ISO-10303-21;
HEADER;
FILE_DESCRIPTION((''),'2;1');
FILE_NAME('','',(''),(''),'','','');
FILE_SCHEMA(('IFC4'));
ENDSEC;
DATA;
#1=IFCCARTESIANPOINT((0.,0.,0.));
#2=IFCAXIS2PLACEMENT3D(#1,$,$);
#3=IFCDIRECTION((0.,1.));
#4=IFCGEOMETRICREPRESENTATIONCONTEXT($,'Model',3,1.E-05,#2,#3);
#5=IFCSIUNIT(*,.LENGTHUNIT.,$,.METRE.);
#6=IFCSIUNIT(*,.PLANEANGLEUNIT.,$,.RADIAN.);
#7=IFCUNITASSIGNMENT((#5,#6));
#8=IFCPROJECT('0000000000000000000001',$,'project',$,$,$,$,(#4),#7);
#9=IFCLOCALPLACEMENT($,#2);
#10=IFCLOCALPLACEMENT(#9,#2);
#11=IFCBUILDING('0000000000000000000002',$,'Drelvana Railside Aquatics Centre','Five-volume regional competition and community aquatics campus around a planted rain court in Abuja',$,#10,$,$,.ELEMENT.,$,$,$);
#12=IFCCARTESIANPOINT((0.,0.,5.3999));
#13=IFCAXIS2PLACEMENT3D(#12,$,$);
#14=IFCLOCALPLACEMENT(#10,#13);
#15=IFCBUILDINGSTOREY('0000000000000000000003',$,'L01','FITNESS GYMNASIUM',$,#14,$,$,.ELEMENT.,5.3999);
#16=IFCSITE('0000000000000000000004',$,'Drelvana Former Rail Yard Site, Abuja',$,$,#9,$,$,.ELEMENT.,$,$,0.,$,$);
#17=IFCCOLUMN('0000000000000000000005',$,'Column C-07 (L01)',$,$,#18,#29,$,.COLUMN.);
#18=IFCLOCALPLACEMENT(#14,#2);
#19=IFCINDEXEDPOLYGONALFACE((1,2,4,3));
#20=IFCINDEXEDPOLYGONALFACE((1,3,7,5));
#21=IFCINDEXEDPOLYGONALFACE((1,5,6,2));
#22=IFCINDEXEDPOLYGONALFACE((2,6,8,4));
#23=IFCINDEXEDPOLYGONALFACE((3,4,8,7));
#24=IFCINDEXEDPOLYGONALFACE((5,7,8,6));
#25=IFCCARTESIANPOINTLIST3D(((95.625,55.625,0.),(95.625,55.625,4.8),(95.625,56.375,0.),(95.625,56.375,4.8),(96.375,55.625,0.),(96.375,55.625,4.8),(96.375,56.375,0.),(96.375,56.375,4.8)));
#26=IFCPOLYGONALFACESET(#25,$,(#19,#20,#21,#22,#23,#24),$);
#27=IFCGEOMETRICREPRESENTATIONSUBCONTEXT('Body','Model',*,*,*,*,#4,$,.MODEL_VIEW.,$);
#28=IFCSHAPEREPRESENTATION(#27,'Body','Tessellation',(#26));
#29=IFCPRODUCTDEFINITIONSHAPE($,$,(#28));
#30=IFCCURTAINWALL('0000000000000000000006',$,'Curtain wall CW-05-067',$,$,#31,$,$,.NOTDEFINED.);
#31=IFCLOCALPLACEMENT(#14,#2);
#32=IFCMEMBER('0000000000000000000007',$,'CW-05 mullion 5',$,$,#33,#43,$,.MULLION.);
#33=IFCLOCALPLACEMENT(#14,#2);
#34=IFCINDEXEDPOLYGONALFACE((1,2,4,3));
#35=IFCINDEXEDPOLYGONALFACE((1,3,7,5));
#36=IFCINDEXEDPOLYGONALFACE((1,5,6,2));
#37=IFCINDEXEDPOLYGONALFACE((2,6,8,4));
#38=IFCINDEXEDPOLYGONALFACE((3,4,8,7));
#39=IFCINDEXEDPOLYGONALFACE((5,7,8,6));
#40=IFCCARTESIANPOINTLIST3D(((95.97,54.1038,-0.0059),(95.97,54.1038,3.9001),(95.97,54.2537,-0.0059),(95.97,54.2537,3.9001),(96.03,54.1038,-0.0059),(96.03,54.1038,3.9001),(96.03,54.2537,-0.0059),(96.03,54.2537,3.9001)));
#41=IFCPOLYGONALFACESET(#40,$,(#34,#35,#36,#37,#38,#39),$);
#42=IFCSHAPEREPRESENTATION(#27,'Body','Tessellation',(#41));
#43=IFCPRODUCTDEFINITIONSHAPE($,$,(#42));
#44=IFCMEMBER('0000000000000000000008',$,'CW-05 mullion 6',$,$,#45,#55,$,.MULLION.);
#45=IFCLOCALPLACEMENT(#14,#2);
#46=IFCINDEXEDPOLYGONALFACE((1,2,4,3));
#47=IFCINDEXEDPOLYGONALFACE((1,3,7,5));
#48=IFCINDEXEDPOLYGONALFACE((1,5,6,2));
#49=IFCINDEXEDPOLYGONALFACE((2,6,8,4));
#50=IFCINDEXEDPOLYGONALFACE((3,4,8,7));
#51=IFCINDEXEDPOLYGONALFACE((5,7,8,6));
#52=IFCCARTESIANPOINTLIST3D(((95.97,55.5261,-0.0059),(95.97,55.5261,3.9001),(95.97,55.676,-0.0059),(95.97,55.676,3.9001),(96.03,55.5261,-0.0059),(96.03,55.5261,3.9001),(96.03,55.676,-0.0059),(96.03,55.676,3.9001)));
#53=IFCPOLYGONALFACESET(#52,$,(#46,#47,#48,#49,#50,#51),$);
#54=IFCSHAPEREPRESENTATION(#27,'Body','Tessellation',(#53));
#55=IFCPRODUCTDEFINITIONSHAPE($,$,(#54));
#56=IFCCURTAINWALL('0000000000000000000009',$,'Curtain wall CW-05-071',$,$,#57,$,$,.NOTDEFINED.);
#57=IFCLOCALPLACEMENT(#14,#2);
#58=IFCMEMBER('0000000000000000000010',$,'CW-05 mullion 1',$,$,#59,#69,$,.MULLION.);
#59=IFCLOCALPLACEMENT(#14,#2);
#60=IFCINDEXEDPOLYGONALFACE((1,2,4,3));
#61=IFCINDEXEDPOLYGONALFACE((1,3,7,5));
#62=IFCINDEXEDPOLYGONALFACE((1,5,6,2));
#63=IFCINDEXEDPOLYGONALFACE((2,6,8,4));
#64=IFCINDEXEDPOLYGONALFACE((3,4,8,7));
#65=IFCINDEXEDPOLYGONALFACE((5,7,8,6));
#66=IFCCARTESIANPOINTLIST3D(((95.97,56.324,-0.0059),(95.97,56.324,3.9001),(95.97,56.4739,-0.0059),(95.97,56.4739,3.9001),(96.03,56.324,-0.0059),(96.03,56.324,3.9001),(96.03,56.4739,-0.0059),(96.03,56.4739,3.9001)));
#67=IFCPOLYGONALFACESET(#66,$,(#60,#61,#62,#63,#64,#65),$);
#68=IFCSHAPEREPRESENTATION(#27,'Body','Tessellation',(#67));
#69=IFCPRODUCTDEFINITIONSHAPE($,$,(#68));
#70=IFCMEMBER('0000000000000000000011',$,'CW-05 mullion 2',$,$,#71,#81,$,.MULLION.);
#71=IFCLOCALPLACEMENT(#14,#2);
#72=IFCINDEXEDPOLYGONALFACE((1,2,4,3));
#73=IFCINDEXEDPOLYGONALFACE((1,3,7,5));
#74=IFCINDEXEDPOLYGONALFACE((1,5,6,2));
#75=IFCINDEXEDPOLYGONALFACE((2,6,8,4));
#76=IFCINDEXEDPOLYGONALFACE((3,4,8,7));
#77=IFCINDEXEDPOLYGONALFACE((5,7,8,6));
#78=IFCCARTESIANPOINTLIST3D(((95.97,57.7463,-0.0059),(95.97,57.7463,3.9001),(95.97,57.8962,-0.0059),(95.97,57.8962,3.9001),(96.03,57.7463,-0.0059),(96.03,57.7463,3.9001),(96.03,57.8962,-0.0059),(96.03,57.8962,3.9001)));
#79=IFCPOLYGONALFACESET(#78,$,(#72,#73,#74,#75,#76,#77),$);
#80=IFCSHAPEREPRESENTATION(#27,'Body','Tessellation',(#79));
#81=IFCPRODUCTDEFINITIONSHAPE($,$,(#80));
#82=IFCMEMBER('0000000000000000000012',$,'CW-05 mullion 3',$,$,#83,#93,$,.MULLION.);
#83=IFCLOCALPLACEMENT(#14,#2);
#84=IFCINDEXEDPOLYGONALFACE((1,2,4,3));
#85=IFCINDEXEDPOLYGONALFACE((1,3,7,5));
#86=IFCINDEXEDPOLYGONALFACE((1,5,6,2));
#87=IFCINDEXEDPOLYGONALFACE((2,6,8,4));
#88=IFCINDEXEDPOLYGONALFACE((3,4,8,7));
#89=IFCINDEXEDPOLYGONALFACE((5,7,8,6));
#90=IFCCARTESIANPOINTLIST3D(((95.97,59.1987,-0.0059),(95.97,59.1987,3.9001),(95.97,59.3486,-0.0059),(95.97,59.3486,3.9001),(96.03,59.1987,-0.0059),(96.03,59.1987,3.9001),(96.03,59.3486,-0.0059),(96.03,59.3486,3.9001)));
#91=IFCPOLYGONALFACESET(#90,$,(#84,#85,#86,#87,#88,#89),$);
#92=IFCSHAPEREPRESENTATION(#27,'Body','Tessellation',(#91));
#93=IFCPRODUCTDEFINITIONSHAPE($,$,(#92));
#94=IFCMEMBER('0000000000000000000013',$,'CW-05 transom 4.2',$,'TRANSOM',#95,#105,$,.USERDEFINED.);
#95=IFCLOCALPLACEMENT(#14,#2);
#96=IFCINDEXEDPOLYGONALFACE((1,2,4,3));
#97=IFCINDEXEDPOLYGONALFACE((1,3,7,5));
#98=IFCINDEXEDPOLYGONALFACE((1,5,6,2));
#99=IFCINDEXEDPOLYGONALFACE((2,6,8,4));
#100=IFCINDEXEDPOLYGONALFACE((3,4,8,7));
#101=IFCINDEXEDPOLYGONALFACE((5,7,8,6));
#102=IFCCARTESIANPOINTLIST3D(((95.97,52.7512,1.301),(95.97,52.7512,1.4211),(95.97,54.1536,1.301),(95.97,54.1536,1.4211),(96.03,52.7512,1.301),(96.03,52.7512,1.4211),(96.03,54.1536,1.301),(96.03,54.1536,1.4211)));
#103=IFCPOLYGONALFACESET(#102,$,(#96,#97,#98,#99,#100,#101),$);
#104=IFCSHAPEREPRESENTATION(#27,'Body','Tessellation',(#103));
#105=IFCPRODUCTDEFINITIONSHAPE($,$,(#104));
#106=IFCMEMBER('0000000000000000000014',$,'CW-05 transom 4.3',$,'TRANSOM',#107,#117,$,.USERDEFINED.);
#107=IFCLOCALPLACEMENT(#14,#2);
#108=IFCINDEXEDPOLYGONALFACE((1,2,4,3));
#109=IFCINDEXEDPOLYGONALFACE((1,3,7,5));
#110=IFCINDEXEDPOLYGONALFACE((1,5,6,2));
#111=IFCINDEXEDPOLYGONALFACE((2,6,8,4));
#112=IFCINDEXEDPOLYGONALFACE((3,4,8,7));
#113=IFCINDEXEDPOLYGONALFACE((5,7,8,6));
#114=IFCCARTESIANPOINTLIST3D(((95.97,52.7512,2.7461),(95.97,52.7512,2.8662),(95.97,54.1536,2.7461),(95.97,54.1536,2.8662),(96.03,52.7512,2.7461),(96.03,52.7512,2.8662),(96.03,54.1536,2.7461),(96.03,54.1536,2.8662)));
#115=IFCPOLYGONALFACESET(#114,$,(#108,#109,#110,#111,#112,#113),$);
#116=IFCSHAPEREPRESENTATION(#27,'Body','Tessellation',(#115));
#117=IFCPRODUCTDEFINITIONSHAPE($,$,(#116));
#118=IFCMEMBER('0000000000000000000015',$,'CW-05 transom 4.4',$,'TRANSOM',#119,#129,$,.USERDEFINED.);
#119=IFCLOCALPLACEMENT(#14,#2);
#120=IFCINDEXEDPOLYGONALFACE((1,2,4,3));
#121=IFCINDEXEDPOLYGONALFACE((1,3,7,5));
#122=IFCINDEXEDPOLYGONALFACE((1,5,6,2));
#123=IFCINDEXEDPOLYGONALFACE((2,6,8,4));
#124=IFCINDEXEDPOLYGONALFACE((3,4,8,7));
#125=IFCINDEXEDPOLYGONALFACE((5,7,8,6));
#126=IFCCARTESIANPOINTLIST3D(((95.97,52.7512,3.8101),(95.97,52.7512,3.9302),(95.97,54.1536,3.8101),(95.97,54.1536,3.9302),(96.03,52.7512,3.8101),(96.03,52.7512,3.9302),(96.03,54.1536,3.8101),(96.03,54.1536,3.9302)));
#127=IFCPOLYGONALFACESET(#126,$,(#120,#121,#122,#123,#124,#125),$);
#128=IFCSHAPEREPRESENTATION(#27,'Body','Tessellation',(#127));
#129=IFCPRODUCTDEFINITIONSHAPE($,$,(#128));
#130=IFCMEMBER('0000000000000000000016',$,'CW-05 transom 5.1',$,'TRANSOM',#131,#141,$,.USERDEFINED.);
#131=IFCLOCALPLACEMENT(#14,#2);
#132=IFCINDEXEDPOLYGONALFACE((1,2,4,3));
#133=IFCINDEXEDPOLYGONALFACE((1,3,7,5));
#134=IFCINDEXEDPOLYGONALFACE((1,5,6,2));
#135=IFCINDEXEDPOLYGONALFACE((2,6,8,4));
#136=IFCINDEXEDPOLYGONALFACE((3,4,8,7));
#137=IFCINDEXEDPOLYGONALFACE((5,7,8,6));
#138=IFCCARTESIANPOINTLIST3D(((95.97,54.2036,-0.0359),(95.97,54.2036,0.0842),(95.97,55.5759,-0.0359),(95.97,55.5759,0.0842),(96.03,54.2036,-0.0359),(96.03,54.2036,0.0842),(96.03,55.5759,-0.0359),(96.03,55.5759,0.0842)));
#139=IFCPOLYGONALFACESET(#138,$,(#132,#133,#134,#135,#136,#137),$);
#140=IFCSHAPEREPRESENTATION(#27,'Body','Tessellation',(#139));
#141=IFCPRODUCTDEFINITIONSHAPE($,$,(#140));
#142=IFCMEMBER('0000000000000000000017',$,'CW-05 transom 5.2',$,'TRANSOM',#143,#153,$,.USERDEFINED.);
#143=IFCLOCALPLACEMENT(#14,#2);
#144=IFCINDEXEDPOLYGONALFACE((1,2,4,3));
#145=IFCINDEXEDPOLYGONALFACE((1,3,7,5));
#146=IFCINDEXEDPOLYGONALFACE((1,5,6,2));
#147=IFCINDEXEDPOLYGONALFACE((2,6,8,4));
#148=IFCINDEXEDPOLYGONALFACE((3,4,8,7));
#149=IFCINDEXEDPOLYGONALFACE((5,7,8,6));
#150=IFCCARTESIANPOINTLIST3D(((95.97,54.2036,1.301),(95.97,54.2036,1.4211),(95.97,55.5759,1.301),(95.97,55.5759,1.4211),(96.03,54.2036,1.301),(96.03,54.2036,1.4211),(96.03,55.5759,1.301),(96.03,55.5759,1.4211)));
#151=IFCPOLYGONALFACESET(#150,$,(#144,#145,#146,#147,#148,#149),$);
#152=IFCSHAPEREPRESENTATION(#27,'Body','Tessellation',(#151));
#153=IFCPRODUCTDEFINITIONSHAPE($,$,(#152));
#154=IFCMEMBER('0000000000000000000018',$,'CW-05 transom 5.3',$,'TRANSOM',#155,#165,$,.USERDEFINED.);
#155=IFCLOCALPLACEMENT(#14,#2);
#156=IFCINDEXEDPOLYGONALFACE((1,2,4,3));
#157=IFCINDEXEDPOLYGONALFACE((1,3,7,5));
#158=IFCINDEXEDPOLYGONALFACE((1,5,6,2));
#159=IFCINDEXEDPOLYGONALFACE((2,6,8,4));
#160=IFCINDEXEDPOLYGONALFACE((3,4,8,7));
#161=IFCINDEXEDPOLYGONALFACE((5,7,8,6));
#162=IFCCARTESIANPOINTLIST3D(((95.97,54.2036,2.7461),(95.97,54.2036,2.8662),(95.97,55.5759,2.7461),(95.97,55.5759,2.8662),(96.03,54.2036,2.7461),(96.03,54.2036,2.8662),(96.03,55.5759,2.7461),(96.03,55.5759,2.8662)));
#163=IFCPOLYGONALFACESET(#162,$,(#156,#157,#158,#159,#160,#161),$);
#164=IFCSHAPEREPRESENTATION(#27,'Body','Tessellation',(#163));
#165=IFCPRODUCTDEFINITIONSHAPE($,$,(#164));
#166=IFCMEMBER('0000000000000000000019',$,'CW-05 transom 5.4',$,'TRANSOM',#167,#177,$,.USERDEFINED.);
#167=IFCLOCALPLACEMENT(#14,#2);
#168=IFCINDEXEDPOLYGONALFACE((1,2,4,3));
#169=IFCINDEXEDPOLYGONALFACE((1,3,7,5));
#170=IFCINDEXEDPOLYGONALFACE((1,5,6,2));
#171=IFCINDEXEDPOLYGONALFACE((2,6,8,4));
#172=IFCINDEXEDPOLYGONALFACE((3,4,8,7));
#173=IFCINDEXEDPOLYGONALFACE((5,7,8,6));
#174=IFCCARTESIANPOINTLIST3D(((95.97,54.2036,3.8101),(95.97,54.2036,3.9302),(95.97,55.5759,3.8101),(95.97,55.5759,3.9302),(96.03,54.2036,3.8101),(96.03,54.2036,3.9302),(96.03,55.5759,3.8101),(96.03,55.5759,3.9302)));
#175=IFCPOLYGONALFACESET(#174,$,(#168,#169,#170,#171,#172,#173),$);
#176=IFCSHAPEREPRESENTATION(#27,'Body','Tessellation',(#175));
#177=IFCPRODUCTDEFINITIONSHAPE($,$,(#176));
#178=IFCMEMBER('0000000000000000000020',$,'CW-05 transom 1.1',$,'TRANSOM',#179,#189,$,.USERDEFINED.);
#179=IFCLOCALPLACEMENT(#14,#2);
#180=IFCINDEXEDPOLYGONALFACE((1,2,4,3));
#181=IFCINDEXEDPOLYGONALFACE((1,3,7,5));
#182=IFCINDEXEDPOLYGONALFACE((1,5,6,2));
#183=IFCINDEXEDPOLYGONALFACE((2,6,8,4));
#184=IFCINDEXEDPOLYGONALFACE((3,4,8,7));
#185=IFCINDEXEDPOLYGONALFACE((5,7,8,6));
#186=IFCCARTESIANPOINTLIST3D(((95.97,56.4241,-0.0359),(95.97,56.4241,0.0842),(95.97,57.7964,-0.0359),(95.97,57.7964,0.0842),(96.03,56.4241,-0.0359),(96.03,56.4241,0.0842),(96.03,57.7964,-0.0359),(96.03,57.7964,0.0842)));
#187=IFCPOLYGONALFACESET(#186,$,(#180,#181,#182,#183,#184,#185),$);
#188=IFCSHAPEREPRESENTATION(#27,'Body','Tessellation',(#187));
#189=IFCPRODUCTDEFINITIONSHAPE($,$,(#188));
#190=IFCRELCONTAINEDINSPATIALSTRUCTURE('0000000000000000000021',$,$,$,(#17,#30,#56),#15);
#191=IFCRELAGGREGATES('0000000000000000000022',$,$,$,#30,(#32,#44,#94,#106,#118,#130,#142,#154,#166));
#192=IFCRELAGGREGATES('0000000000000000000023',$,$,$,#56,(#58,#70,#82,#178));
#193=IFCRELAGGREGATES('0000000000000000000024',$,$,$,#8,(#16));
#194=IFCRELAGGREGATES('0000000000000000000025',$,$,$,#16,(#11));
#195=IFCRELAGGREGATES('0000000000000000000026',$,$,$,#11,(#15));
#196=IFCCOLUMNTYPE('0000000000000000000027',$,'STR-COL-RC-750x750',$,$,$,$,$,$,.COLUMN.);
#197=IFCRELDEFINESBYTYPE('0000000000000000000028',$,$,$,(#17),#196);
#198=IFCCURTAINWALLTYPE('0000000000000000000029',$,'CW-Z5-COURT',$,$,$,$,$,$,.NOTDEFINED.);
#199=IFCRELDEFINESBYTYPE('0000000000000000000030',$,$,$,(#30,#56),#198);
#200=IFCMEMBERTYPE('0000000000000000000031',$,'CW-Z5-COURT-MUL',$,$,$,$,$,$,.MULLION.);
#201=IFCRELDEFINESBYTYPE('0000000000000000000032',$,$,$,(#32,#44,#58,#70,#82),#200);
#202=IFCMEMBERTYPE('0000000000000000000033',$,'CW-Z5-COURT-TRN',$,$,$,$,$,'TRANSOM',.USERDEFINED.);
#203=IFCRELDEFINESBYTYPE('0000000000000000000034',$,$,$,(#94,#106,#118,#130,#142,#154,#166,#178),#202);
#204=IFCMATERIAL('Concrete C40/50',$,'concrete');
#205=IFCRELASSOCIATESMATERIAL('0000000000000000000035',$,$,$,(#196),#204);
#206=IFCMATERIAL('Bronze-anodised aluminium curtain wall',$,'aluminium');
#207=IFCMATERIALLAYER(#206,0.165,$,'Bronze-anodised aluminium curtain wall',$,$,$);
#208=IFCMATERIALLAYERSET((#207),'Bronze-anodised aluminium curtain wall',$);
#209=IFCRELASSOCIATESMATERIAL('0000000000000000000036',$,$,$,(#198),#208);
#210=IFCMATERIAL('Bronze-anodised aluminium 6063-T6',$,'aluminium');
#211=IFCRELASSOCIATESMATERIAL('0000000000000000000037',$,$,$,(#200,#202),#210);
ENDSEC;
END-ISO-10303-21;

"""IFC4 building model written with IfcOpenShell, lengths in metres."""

from ifc_helpers import new_model, si_unit, direction, frame, origin, origin_2d, place, context, subcontext, project, spatial, rectangle, extrude, material, layer, layer_set, material_profile, profile_set, type_object, element, aggregate, save


model = new_model("IFC4")

# Units and contexts
model_context = context("Model", 3, precision=1e-05, world=origin(), true_north=direction((0.0, 1.0)))
body_context = subcontext(model_context, "Body", "Model", "MODEL_VIEW")
ifc_project = project(units=[si_unit("LENGTHUNIT", "METRE"), si_unit("PLANEANGLEUNIT", "RADIAN")], contexts=[model_context])

# Site, building, storey
site_placement = place(None, origin())
site = spatial("IfcSite", under=ifc_project, at=site_placement, Name="Drelvana Former Rail Yard Site, Abuja", CompositionType="ELEMENT", RefElevation=0.0)
building_placement = place(site_placement, origin())
building = spatial("IfcBuilding", under=site, at=building_placement, Name="Drelvana Railside Aquatics Centre", Description="Five-volume regional competition and community aquatics campus around a planted rain court in Abuja", CompositionType="ELEMENT")
storey_placement = place(building_placement, frame((0.0, 0.0, 5.3999)))
storey = spatial("IfcBuildingStorey", under=building, at=storey_placement, Name="L01", Description="FITNESS GYMNASIUM", CompositionType="ELEMENT", Elevation=5.3999)

# Column
ifc_material_1 = material(Name="Concrete C40/50", Category="concrete")
ifc_material_profile_1 = material_profile(ifc_material_1, rectangle(XDim=0.75, YDim=0.75, at=origin_2d()), Name="RC 750x750")
ifc_profile_set_1 = profile_set([ifc_material_profile_1], Name="Concrete C40/50")
column_type = type_object("IfcColumnType", Name="STR-COL-RC-750x750", PredefinedType="COLUMN", material=ifc_profile_set_1)
column_placement = place(storey_placement, frame((96.0, 56.0, 0.0), z_axis=(0.0, 0.0, 1.0), x_axis=(1.0, 0.0, 0.0)))
element("IfcColumn", 1, at=column_placement, inside=storey, type_object=column_type, Name="Column C-07 (L01)", PredefinedType="COLUMN", context=body_context, shape_type="SweptSolid", body=[
    extrude(rectangle(XDim=0.75, YDim=0.75, at=origin_2d()), origin(), (0.0, 0.0, 1.0), 4.8),
])

# Curtain walls, members
ifc_material_2 = material(Name="Bronze-anodised aluminium curtain wall", Category="aluminium")
ifc_layer_1 = layer(ifc_material_2, 0.165, Name="Bronze-anodised aluminium curtain wall")
ifc_layer_set_1 = layer_set([ifc_layer_1], Name="Bronze-anodised aluminium curtain wall")
curtain_wall_type = type_object("IfcCurtainWallType", Name="CW-Z5-COURT", PredefinedType="NOTDEFINED", material=ifc_layer_set_1)
curtain_wall_1_placement = place(storey_placement, origin())
curtain_wall_1 = element("IfcCurtainWall", 2, at=curtain_wall_1_placement, inside=storey, type_object=curtain_wall_type, Name="Curtain wall CW-05-067", PredefinedType="NOTDEFINED")
ifc_material_3 = material(Name="Bronze-anodised aluminium 6063-T6", Category="aluminium")
ifc_material_profile_2 = material_profile(ifc_material_3, rectangle(XDim=0.0601, YDim=0.1499, at=origin_2d()), Name="ALU-M 60x150")
ifc_profile_set_2 = profile_set([ifc_material_profile_2], Name="Bronze-anodised aluminium 6063-T6")
member_type_1 = type_object("IfcMemberType", Name="CW-Z5-COURT-MUL", PredefinedType="MULLION", material=ifc_profile_set_2)
member_1_placement = place(storey_placement, frame((96.0, 54.1787, -0.0059), z_axis=(0.0, 0.0, 1.0), x_axis=(-1.0, 0.0, 0.0)))
member_1 = element("IfcMember", 3, at=member_1_placement, type_object=member_type_1, Name="CW-05 mullion 5", PredefinedType="MULLION", context=body_context, shape_type="SweptSolid", body=[
    extrude(rectangle(XDim=0.0601, YDim=0.1499, at=origin_2d()), origin(), (0.0, 0.0, 1.0), 3.906),
])
member_2_placement = place(storey_placement, frame((96.0, 55.6011, -0.0059), z_axis=(0.0, 0.0, 1.0), x_axis=(-1.0, 0.0, 0.0)))
member_2 = element("IfcMember", 4, at=member_2_placement, type_object=member_type_1, Name="CW-05 mullion 6", PredefinedType="MULLION", context=body_context, shape_type="SweptSolid", body=[
    extrude(rectangle(XDim=0.0601, YDim=0.1499, at=origin_2d()), origin(), (0.0, 0.0, 1.0), 3.906),
])
curtain_wall_2_placement = place(storey_placement, origin())
curtain_wall_2 = element("IfcCurtainWall", 5, at=curtain_wall_2_placement, inside=storey, type_object=curtain_wall_type, Name="Curtain wall CW-05-071", PredefinedType="NOTDEFINED")
member_3_placement = place(storey_placement, frame((96.0, 56.3989, -0.0059), z_axis=(0.0, 0.0, 1.0), x_axis=(-1.0, 0.0, 0.0)))
member_3 = element("IfcMember", 6, at=member_3_placement, type_object=member_type_1, Name="CW-05 mullion 1", PredefinedType="MULLION", context=body_context, shape_type="SweptSolid", body=[
    extrude(rectangle(XDim=0.0601, YDim=0.1499, at=origin_2d()), origin(), (0.0, 0.0, 1.0), 3.906),
])
member_4_placement = place(storey_placement, frame((96.0, 57.8213, -0.0059), z_axis=(0.0, 0.0, 1.0), x_axis=(-1.0, 0.0, 0.0)))
member_4 = element("IfcMember", 7, at=member_4_placement, type_object=member_type_1, Name="CW-05 mullion 2", PredefinedType="MULLION", context=body_context, shape_type="SweptSolid", body=[
    extrude(rectangle(XDim=0.0601, YDim=0.1499, at=origin_2d()), origin(), (0.0, 0.0, 1.0), 3.906),
])
member_5_placement = place(storey_placement, frame((96.0, 59.2737, -0.0059), z_axis=(0.0, 0.0, 1.0), x_axis=(-1.0, 0.0, 0.0)))
member_5 = element("IfcMember", 8, at=member_5_placement, type_object=member_type_1, Name="CW-05 mullion 3", PredefinedType="MULLION", context=body_context, shape_type="SweptSolid", body=[
    extrude(rectangle(XDim=0.0601, YDim=0.1499, at=origin_2d()), origin(), (0.0, 0.0, 1.0), 3.906),
])

# Members
ifc_material_profile_3 = material_profile(ifc_material_3, rectangle(XDim=0.1201, YDim=0.0601, at=origin_2d()), Name="ALU-T 60x120")
ifc_profile_set_3 = profile_set([ifc_material_profile_3], Name="Bronze-anodised aluminium 6063-T6")
member_type_2 = type_object("IfcMemberType", Name="CW-Z5-COURT-TRN", ElementType="TRANSOM", PredefinedType="USERDEFINED", material=ifc_profile_set_3)
member_6_placement = place(storey_placement, frame((96.0, 52.7512, 1.3611), z_axis=(0.0, 1.0, 0.0), x_axis=(0.0, 0.0, 1.0)))
member_6 = element("IfcMember", 9, at=member_6_placement, type_object=member_type_2, Name="CW-05 transom 4.2", ObjectType="TRANSOM", PredefinedType="USERDEFINED", context=body_context, shape_type="SweptSolid", body=[
    extrude(rectangle(XDim=0.1201, YDim=0.0601, at=origin_2d()), origin(), (0.0, 0.0, 1.0), 1.4023),
])
member_7_placement = place(storey_placement, frame((96.0, 52.7512, 2.8062), z_axis=(0.0, 1.0, 0.0), x_axis=(0.0, 0.0, 1.0)))
member_7 = element("IfcMember", 10, at=member_7_placement, type_object=member_type_2, Name="CW-05 transom 4.3", ObjectType="TRANSOM", PredefinedType="USERDEFINED", context=body_context, shape_type="SweptSolid", body=[
    extrude(rectangle(XDim=0.1201, YDim=0.0601, at=origin_2d()), origin(), (0.0, 0.0, 1.0), 1.4023),
])
member_8_placement = place(storey_placement, frame((96.0, 52.7512, 3.8701), z_axis=(0.0, 1.0, 0.0), x_axis=(0.0, 0.0, 1.0)))
member_8 = element("IfcMember", 11, at=member_8_placement, type_object=member_type_2, Name="CW-05 transom 4.4", ObjectType="TRANSOM", PredefinedType="USERDEFINED", context=body_context, shape_type="SweptSolid", body=[
    extrude(rectangle(XDim=0.1201, YDim=0.0601, at=origin_2d()), origin(), (0.0, 0.0, 1.0), 1.4023),
])
member_9_placement = place(storey_placement, frame((96.0, 54.2036, 0.0242), z_axis=(0.0, 1.0, 0.0), x_axis=(0.0, 0.0, 1.0)))
member_9 = element("IfcMember", 12, at=member_9_placement, type_object=member_type_2, Name="CW-05 transom 5.1", ObjectType="TRANSOM", PredefinedType="USERDEFINED", context=body_context, shape_type="SweptSolid", body=[
    extrude(rectangle(XDim=0.1201, YDim=0.0601, at=origin_2d()), origin(), (0.0, 0.0, 1.0), 1.3723),
])
member_10_placement = place(storey_placement, frame((96.0, 54.2036, 1.3611), z_axis=(0.0, 1.0, 0.0), x_axis=(0.0, 0.0, 1.0)))
member_10 = element("IfcMember", 13, at=member_10_placement, type_object=member_type_2, Name="CW-05 transom 5.2", ObjectType="TRANSOM", PredefinedType="USERDEFINED", context=body_context, shape_type="SweptSolid", body=[
    extrude(rectangle(XDim=0.1201, YDim=0.0601, at=origin_2d()), origin(), (0.0, 0.0, 1.0), 1.3723),
])
member_11_placement = place(storey_placement, frame((96.0, 54.2036, 2.8062), z_axis=(0.0, 1.0, 0.0), x_axis=(0.0, 0.0, 1.0)))
member_11 = element("IfcMember", 14, at=member_11_placement, type_object=member_type_2, Name="CW-05 transom 5.3", ObjectType="TRANSOM", PredefinedType="USERDEFINED", context=body_context, shape_type="SweptSolid", body=[
    extrude(rectangle(XDim=0.1201, YDim=0.0601, at=origin_2d()), origin(), (0.0, 0.0, 1.0), 1.3723),
])
member_12_placement = place(storey_placement, frame((96.0, 54.2036, 3.8701), z_axis=(0.0, 1.0, 0.0), x_axis=(0.0, 0.0, 1.0)))
member_12 = element("IfcMember", 15, at=member_12_placement, type_object=member_type_2, Name="CW-05 transom 5.4", ObjectType="TRANSOM", PredefinedType="USERDEFINED", context=body_context, shape_type="SweptSolid", body=[
    extrude(rectangle(XDim=0.1201, YDim=0.0601, at=origin_2d()), origin(), (0.0, 0.0, 1.0), 1.3723),
])
member_13_placement = place(storey_placement, frame((96.0, 56.4241, 0.0242), z_axis=(0.0, 1.0, 0.0), x_axis=(0.0, 0.0, 1.0)))
member_13 = element("IfcMember", 16, at=member_13_placement, type_object=member_type_2, Name="CW-05 transom 1.1", ObjectType="TRANSOM", PredefinedType="USERDEFINED", context=body_context, shape_type="SweptSolid", body=[
    extrude(rectangle(XDim=0.1201, YDim=0.0601, at=origin_2d()), origin(), (0.0, 0.0, 1.0), 1.3723),
])

aggregate(curtain_wall_1, [member_1, member_2, member_6, member_7, member_8, member_9, member_10, member_11, member_12])
aggregate(curtain_wall_2, [member_3, member_4, member_5, member_13])

save(model, "model.ifc")
